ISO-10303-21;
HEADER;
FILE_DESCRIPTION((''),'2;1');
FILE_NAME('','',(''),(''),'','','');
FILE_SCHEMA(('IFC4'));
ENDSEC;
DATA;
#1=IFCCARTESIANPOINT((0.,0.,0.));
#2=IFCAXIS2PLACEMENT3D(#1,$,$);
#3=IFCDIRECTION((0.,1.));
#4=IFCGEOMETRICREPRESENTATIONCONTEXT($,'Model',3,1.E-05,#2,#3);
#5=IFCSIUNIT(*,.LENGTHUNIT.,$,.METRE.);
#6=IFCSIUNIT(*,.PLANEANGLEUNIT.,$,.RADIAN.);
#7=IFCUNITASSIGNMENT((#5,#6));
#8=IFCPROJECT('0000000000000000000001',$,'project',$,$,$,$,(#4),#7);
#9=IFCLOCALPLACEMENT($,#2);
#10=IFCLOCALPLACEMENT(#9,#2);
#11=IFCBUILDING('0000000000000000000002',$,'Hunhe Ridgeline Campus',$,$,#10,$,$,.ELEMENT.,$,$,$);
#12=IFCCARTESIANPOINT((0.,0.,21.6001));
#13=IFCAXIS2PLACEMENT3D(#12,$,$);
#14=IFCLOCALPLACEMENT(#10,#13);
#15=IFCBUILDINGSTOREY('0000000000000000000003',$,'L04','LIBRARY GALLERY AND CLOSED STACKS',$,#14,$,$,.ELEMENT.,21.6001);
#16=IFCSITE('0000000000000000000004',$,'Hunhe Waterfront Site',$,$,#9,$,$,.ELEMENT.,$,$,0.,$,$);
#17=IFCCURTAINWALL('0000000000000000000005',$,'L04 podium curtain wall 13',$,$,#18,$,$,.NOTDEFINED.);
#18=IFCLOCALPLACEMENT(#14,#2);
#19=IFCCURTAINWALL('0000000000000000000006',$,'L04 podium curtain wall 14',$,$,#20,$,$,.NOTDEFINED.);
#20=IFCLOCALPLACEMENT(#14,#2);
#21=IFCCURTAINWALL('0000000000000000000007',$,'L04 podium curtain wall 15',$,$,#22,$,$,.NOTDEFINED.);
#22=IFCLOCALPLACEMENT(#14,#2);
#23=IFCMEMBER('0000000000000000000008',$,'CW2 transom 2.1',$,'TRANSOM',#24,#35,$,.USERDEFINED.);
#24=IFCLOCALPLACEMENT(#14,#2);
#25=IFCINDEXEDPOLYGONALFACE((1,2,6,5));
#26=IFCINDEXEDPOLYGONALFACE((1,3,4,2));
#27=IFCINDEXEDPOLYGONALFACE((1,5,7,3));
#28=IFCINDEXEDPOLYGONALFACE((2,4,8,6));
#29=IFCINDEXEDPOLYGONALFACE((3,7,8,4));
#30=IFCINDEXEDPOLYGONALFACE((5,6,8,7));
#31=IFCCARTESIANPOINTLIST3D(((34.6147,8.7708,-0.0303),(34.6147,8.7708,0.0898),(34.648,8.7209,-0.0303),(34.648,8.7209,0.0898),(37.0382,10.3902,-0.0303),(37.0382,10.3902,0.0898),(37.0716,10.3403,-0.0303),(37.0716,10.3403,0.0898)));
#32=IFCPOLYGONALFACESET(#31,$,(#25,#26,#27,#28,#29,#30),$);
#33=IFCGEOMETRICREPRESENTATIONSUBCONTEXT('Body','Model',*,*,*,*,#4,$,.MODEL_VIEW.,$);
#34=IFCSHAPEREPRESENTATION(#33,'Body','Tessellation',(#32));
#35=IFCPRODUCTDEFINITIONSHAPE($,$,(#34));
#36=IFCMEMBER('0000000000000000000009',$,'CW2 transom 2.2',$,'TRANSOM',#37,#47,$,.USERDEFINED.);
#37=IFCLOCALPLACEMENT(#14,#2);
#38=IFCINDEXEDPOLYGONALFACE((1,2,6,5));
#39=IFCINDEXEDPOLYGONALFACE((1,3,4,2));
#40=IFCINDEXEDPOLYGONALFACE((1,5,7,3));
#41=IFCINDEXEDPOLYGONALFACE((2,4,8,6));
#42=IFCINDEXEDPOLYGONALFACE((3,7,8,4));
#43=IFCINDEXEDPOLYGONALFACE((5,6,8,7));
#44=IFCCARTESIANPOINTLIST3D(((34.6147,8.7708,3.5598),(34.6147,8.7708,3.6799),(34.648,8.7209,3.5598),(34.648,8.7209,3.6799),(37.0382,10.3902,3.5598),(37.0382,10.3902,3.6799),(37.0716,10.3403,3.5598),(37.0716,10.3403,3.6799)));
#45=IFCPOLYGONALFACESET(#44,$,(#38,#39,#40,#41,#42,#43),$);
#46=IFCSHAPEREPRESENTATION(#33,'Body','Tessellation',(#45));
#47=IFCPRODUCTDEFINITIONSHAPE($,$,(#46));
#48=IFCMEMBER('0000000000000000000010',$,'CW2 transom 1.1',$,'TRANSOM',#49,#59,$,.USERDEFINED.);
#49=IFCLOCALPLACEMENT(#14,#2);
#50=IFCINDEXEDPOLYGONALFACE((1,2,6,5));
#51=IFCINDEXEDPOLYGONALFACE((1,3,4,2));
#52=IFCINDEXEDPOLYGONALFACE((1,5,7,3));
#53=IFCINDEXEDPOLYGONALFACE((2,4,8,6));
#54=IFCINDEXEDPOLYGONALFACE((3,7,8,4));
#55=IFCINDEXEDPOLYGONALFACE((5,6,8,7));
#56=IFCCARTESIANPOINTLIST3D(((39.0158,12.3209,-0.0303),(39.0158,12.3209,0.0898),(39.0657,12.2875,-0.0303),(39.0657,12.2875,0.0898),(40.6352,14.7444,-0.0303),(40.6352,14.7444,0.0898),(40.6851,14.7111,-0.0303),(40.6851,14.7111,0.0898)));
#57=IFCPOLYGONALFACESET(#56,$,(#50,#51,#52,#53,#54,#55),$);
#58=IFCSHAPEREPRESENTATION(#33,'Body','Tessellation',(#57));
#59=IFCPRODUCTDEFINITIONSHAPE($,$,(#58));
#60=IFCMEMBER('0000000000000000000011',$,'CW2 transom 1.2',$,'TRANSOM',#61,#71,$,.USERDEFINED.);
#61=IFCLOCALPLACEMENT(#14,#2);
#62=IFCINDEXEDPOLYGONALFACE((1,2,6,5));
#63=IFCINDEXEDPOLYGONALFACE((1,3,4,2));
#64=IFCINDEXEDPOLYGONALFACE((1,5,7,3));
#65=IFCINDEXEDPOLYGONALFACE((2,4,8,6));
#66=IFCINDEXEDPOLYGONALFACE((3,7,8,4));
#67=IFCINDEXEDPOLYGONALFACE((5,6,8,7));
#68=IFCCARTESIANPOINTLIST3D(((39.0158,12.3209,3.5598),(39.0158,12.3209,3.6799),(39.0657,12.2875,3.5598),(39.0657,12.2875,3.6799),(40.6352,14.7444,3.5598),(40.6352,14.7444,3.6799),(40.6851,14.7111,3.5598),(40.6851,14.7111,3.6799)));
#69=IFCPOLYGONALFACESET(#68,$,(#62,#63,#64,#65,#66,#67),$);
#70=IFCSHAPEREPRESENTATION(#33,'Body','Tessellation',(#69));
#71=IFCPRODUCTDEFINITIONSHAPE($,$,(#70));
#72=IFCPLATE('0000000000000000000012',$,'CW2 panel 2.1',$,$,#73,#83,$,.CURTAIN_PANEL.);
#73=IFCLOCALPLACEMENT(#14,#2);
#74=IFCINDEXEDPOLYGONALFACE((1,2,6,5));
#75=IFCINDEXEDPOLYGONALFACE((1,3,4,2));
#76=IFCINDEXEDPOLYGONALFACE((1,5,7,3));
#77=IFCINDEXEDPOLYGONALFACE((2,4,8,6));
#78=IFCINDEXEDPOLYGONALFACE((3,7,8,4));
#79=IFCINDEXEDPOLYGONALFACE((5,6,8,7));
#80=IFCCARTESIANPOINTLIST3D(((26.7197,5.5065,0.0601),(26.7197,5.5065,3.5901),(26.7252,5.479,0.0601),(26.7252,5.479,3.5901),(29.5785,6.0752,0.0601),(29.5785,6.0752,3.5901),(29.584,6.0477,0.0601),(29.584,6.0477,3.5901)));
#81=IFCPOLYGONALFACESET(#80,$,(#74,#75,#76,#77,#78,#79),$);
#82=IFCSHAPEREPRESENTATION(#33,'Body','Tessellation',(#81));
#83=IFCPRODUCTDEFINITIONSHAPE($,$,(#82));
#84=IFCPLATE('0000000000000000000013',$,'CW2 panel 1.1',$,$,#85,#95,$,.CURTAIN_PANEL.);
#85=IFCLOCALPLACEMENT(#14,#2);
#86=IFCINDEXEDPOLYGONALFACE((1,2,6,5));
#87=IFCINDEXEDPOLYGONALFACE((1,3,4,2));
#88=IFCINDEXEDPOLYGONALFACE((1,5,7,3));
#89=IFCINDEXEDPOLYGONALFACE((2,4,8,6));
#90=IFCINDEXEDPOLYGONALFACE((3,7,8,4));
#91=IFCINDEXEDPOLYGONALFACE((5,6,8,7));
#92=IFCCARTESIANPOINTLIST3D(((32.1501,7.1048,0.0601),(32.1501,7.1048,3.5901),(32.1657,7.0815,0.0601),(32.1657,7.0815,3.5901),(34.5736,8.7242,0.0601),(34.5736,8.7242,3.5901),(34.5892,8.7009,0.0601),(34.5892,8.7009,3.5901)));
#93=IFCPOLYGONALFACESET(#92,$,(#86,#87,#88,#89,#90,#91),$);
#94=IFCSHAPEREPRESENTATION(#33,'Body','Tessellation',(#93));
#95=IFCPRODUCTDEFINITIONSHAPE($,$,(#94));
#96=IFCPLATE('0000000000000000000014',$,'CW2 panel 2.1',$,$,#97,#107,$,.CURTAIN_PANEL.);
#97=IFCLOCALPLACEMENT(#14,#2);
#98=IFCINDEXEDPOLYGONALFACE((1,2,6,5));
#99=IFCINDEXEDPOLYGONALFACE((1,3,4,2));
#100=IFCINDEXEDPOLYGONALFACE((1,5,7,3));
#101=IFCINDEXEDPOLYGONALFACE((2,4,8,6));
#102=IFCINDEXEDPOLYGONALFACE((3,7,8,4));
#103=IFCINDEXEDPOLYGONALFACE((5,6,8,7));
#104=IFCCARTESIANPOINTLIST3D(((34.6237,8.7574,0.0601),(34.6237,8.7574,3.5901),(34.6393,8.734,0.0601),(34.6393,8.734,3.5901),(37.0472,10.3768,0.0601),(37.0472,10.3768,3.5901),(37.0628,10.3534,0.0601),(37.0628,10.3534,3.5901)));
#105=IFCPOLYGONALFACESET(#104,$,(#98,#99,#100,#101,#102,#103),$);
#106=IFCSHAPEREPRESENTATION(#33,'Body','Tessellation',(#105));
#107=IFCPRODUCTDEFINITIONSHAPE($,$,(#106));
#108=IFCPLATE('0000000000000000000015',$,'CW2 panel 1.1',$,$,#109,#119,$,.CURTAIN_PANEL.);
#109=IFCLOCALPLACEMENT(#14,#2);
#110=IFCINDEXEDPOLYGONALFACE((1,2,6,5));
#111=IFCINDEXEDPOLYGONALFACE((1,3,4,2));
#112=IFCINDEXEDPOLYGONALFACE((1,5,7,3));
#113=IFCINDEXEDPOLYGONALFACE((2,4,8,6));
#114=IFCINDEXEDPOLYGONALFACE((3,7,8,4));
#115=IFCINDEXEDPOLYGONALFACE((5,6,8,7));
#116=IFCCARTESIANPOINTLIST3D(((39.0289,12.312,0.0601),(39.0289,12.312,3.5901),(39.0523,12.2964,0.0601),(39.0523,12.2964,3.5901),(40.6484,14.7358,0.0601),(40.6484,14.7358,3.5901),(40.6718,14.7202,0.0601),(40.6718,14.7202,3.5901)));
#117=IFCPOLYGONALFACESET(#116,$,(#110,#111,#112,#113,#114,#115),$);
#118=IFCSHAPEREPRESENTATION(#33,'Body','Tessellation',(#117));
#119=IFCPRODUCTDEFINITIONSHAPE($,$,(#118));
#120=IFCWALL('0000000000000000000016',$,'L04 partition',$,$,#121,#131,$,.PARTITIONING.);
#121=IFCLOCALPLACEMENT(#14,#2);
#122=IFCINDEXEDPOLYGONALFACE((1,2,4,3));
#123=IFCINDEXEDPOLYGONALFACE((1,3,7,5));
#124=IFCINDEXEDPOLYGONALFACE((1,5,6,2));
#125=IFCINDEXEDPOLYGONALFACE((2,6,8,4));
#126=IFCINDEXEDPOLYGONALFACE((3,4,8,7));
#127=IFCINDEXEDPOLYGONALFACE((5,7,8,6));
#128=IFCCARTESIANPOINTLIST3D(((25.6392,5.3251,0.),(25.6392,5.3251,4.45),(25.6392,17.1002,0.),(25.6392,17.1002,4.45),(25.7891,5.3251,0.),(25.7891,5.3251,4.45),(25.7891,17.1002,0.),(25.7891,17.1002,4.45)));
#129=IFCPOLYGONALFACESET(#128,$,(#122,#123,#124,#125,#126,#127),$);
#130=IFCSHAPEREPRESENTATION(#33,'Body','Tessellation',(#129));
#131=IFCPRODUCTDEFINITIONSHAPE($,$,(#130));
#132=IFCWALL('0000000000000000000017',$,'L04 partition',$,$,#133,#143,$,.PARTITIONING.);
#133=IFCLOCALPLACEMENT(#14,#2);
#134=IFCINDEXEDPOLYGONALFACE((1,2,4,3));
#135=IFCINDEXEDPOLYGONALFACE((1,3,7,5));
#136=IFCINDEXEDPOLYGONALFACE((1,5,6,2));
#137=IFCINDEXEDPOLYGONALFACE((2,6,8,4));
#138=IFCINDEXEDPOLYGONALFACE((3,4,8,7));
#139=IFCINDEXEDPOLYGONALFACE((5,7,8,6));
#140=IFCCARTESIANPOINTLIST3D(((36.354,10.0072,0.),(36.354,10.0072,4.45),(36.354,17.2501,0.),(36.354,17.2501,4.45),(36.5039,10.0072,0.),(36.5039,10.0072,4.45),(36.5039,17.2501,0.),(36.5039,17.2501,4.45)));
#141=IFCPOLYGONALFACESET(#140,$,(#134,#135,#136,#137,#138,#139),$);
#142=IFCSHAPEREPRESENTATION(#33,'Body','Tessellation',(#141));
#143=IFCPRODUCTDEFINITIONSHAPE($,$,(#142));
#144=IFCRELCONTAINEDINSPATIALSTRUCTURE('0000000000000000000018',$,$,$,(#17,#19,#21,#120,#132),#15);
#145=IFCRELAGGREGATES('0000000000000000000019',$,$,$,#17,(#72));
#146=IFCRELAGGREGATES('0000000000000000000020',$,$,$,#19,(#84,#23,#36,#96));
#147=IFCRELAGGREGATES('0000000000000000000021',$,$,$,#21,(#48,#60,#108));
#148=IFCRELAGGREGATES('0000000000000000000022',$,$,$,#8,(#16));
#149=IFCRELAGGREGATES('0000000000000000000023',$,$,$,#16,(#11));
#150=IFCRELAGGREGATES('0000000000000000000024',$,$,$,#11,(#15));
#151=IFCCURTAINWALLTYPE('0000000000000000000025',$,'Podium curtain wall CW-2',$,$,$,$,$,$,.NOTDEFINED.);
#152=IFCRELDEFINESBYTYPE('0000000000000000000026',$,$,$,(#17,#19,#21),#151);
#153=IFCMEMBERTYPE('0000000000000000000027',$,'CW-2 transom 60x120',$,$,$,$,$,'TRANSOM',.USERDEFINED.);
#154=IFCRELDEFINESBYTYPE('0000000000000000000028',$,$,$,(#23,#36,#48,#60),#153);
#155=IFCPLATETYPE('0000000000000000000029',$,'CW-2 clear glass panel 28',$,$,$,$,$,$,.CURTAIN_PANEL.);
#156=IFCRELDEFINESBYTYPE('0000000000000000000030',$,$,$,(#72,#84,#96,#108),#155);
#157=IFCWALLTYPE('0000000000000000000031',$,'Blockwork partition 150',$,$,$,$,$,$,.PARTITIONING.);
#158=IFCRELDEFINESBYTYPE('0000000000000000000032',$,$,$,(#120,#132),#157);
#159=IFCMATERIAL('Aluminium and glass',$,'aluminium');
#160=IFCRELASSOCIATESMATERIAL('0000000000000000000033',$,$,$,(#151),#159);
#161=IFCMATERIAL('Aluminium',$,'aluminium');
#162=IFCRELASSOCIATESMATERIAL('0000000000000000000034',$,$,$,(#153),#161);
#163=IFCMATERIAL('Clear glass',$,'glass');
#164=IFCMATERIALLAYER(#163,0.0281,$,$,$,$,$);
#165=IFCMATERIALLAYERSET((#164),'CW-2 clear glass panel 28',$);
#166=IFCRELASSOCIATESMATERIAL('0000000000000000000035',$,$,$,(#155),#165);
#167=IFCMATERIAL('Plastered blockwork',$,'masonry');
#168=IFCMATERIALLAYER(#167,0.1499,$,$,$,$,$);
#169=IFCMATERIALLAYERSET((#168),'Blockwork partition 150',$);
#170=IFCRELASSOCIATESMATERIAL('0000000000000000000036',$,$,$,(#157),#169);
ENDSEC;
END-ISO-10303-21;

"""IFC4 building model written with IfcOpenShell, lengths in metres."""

from ifc_helpers import new_model, si_unit, direction, frame, frame_2d, origin, origin_2d, place, context, subcontext, project, spatial, rectangle, extrude, material, layer, layer_set, material_profile, profile_set, type_object, element, aggregate, save


model = new_model("IFC4")

# Units and contexts
model_context = context("Model", 3, precision=1e-05, world=origin(), true_north=direction((0.0, 1.0)))
body_context = subcontext(model_context, "Body", "Model", "MODEL_VIEW")
ifc_project = project(units=[si_unit("LENGTHUNIT", "METRE"), si_unit("PLANEANGLEUNIT", "RADIAN")], contexts=[model_context])

# Site, building, storey
site_placement = place(None, origin())
site = spatial("IfcSite", under=ifc_project, at=site_placement, Name="Hunhe Waterfront Site", CompositionType="ELEMENT", RefElevation=0.0)
building_placement = place(site_placement, origin())
building = spatial("IfcBuilding", under=site, at=building_placement, Name="Hunhe Ridgeline Campus", CompositionType="ELEMENT")
storey_placement = place(building_placement, frame((0.0, 0.0, 21.6001)))
storey = spatial("IfcBuildingStorey", under=building, at=storey_placement, Name="L04", Description="LIBRARY GALLERY AND CLOSED STACKS", CompositionType="ELEMENT", Elevation=21.6001)

# Curtain walls
ifc_material_1 = material(Name="Aluminium and glass", Category="aluminium")
curtain_wall_type = type_object("IfcCurtainWallType", Name="Podium curtain wall CW-2", PredefinedType="NOTDEFINED", material=ifc_material_1)
curtain_wall_1_placement = place(storey_placement, origin())
curtain_wall_1 = element("IfcCurtainWall", 1, at=curtain_wall_1_placement, inside=storey, type_object=curtain_wall_type, Name="L04 podium curtain wall 13", PredefinedType="NOTDEFINED")
ifc_material_2 = material(Name="Aluminium", Category="aluminium")
curtain_wall_2_placement = place(storey_placement, origin())
curtain_wall_2 = element("IfcCurtainWall", 2, at=curtain_wall_2_placement, inside=storey, type_object=curtain_wall_type, Name="L04 podium curtain wall 14", PredefinedType="NOTDEFINED")
curtain_wall_3_placement = place(storey_placement, origin())
curtain_wall_3 = element("IfcCurtainWall", 3, at=curtain_wall_3_placement, inside=storey, type_object=curtain_wall_type, Name="L04 podium curtain wall 15", PredefinedType="NOTDEFINED")

# Members
ifc_material_profile_1 = material_profile(ifc_material_2, rectangle(XDim=0.0601, YDim=0.1201, at=origin_2d()))
ifc_profile_set_1 = profile_set([ifc_material_profile_1], Name="Aluminium")
member_type_1 = type_object("IfcMemberType", Name="CW-2 transom 60x120", ElementType="TRANSOM", PredefinedType="USERDEFINED", material=ifc_profile_set_1)
member_1_placement = place(storey_placement, frame((34.6313, 8.7458, 0.0298), z_axis=(0.83147, 0.55557, 0.0), x_axis=(-0.55557, 0.83147, 0.0)))
member_1 = element("IfcMember", 4, at=member_1_placement, type_object=member_type_1, Name="CW2 transom 2.1", ObjectType="TRANSOM", PredefinedType="USERDEFINED", context=body_context, shape_type="SweptSolid", body=[
    extrude(rectangle(XDim=0.0601, YDim=0.1201, at=origin_2d()), origin(), (0.0, 0.0, 1.0), 2.9148),
])
member_2_placement = place(storey_placement, frame((34.6313, 8.7458, 3.6199), z_axis=(0.83147, 0.55557, 0.0), x_axis=(-0.55557, 0.83147, 0.0)))
member_2 = element("IfcMember", 5, at=member_2_placement, type_object=member_type_1, Name="CW2 transom 2.2", ObjectType="TRANSOM", PredefinedType="USERDEFINED", context=body_context, shape_type="SweptSolid", body=[
    extrude(rectangle(XDim=0.0601, YDim=0.1201, at=origin_2d()), origin(), (0.0, 0.0, 1.0), 2.9148),
])
member_3_placement = place(storey_placement, frame((39.0408, 12.3042, 0.0298), z_axis=(0.55557, 0.83147, 0.0), x_axis=(-0.83147, 0.55557, 0.0)))
member_3 = element("IfcMember", 6, at=member_3_placement, type_object=member_type_1, Name="CW2 transom 1.1", ObjectType="TRANSOM", PredefinedType="USERDEFINED", context=body_context, shape_type="SweptSolid", body=[
    extrude(rectangle(XDim=0.0601, YDim=0.1201, at=origin_2d()), origin(), (0.0, 0.0, 1.0), 2.9148),
])
member_4_placement = place(storey_placement, frame((39.0408, 12.3042, 3.6199), z_axis=(0.55557, 0.83147, 0.0), x_axis=(-0.83147, 0.55557, 0.0)))
member_4 = element("IfcMember", 7, at=member_4_placement, type_object=member_type_1, Name="CW2 transom 1.2", ObjectType="TRANSOM", PredefinedType="USERDEFINED", context=body_context, shape_type="SweptSolid", body=[
    extrude(rectangle(XDim=0.0601, YDim=0.1201, at=origin_2d()), origin(), (0.0, 0.0, 1.0), 2.9148),
])

# Plates
ifc_material_3 = material(Name="Clear glass", Category="glass")
ifc_layer_1 = layer(ifc_material_3, 0.0281)
ifc_layer_set_1 = layer_set([ifc_layer_1], Name="CW-2 clear glass panel 28")
plate_type = type_object("IfcPlateType", Name="CW-2 clear glass panel 28", PredefinedType="CURTAIN_PANEL", material=ifc_layer_set_1)
plate_1_placement = place(storey_placement, frame((28.1519, 5.7771, 0.0601), z_axis=(0.0, 0.0, 1.0), x_axis=(0.980784, 0.195098, 0.0)))
plate_1 = element("IfcPlate", 8, at=plate_1_placement, type_object=plate_type, Name="CW2 panel 2.1", PredefinedType="CURTAIN_PANEL", context=body_context, shape_type="SweptSolid", body=[
    extrude(rectangle(XDim=2.9148, YDim=0.0281, at=origin_2d()), origin(), (0.0, 0.0, 1.0), 3.53),
])
aggregate(curtain_wall_1, [plate_1])
plate_2_placement = place(storey_placement, frame((33.3696, 7.9028, 0.0601), z_axis=(0.0, 0.0, 1.0), x_axis=(0.831464, 0.555579, 0.0)))
plate_2 = element("IfcPlate", 9, at=plate_2_placement, type_object=plate_type, Name="CW2 panel 1.1", PredefinedType="CURTAIN_PANEL", context=body_context, shape_type="SweptSolid", body=[
    extrude(rectangle(XDim=2.9148, YDim=0.0281, at=origin_2d()), origin(), (0.0, 0.0, 1.0), 3.53),
])
plate_3_placement = place(storey_placement, frame((35.8433, 9.5554, 0.0601), z_axis=(0.0, 0.0, 1.0), x_axis=(0.831464, 0.555579, 0.0)))
plate_3 = element("IfcPlate", 10, at=plate_3_placement, type_object=plate_type, Name="CW2 panel 2.1", PredefinedType="CURTAIN_PANEL", context=body_context, shape_type="SweptSolid", body=[
    extrude(rectangle(XDim=2.9148, YDim=0.0281, at=origin_2d()), origin(), (0.0, 0.0, 1.0), 3.53),
])
aggregate(curtain_wall_2, [plate_2, member_1, member_2, plate_3])
plate_4_placement = place(storey_placement, frame((39.8503, 13.5161, 0.0601), z_axis=(0.0, 0.0, 1.0), x_axis=(0.555572, 0.831469, 0.0)))
plate_4 = element("IfcPlate", 11, at=plate_4_placement, type_object=plate_type, Name="CW2 panel 1.1", PredefinedType="CURTAIN_PANEL", context=body_context, shape_type="SweptSolid", body=[
    extrude(rectangle(XDim=2.915, YDim=0.0281, at=origin_2d()), origin(), (0.0, 0.0, 1.0), 3.53),
])
aggregate(curtain_wall_3, [member_3, member_4, plate_4])

# Walls
ifc_material_4 = material(Name="Plastered blockwork", Category="masonry")
ifc_layer_2 = layer(ifc_material_4, 0.1499)
ifc_layer_set_2 = layer_set([ifc_layer_2], Name="Blockwork partition 150")
wall_type = type_object("IfcWallType", Name="Blockwork partition 150", PredefinedType="PARTITIONING", material=ifc_layer_set_2)
wall_1_placement = place(storey_placement, frame((25.7141, 5.325, 0.0), z_axis=(0.0, 0.0, 1.0), x_axis=(0.0, 1.0, 0.0)))
element("IfcWall", 12, at=wall_1_placement, inside=storey, type_object=wall_type, Name="L04 partition", PredefinedType="PARTITIONING", context=body_context, shape_type="SweptSolid", body=[
    extrude(rectangle(XDim=11.7751, YDim=0.1499, at=frame_2d((5.8877, 0.0))), origin(), (0.0, 0.0, 1.0), 4.45),
])
wall_2_placement = place(storey_placement, frame((36.429, 10.0071, 0.0), z_axis=(0.0, 0.0, 1.0), x_axis=(0.0, 1.0, 0.0)))
element("IfcWall", 13, at=wall_2_placement, inside=storey, type_object=wall_type, Name="L04 partition", PredefinedType="PARTITIONING", context=body_context, shape_type="SweptSolid", body=[
    extrude(rectangle(XDim=7.2429, YDim=0.1499, at=frame_2d((3.6216, 0.0))), origin(), (0.0, 0.0, 1.0), 4.45),
])

save(model, "model.ifc")
